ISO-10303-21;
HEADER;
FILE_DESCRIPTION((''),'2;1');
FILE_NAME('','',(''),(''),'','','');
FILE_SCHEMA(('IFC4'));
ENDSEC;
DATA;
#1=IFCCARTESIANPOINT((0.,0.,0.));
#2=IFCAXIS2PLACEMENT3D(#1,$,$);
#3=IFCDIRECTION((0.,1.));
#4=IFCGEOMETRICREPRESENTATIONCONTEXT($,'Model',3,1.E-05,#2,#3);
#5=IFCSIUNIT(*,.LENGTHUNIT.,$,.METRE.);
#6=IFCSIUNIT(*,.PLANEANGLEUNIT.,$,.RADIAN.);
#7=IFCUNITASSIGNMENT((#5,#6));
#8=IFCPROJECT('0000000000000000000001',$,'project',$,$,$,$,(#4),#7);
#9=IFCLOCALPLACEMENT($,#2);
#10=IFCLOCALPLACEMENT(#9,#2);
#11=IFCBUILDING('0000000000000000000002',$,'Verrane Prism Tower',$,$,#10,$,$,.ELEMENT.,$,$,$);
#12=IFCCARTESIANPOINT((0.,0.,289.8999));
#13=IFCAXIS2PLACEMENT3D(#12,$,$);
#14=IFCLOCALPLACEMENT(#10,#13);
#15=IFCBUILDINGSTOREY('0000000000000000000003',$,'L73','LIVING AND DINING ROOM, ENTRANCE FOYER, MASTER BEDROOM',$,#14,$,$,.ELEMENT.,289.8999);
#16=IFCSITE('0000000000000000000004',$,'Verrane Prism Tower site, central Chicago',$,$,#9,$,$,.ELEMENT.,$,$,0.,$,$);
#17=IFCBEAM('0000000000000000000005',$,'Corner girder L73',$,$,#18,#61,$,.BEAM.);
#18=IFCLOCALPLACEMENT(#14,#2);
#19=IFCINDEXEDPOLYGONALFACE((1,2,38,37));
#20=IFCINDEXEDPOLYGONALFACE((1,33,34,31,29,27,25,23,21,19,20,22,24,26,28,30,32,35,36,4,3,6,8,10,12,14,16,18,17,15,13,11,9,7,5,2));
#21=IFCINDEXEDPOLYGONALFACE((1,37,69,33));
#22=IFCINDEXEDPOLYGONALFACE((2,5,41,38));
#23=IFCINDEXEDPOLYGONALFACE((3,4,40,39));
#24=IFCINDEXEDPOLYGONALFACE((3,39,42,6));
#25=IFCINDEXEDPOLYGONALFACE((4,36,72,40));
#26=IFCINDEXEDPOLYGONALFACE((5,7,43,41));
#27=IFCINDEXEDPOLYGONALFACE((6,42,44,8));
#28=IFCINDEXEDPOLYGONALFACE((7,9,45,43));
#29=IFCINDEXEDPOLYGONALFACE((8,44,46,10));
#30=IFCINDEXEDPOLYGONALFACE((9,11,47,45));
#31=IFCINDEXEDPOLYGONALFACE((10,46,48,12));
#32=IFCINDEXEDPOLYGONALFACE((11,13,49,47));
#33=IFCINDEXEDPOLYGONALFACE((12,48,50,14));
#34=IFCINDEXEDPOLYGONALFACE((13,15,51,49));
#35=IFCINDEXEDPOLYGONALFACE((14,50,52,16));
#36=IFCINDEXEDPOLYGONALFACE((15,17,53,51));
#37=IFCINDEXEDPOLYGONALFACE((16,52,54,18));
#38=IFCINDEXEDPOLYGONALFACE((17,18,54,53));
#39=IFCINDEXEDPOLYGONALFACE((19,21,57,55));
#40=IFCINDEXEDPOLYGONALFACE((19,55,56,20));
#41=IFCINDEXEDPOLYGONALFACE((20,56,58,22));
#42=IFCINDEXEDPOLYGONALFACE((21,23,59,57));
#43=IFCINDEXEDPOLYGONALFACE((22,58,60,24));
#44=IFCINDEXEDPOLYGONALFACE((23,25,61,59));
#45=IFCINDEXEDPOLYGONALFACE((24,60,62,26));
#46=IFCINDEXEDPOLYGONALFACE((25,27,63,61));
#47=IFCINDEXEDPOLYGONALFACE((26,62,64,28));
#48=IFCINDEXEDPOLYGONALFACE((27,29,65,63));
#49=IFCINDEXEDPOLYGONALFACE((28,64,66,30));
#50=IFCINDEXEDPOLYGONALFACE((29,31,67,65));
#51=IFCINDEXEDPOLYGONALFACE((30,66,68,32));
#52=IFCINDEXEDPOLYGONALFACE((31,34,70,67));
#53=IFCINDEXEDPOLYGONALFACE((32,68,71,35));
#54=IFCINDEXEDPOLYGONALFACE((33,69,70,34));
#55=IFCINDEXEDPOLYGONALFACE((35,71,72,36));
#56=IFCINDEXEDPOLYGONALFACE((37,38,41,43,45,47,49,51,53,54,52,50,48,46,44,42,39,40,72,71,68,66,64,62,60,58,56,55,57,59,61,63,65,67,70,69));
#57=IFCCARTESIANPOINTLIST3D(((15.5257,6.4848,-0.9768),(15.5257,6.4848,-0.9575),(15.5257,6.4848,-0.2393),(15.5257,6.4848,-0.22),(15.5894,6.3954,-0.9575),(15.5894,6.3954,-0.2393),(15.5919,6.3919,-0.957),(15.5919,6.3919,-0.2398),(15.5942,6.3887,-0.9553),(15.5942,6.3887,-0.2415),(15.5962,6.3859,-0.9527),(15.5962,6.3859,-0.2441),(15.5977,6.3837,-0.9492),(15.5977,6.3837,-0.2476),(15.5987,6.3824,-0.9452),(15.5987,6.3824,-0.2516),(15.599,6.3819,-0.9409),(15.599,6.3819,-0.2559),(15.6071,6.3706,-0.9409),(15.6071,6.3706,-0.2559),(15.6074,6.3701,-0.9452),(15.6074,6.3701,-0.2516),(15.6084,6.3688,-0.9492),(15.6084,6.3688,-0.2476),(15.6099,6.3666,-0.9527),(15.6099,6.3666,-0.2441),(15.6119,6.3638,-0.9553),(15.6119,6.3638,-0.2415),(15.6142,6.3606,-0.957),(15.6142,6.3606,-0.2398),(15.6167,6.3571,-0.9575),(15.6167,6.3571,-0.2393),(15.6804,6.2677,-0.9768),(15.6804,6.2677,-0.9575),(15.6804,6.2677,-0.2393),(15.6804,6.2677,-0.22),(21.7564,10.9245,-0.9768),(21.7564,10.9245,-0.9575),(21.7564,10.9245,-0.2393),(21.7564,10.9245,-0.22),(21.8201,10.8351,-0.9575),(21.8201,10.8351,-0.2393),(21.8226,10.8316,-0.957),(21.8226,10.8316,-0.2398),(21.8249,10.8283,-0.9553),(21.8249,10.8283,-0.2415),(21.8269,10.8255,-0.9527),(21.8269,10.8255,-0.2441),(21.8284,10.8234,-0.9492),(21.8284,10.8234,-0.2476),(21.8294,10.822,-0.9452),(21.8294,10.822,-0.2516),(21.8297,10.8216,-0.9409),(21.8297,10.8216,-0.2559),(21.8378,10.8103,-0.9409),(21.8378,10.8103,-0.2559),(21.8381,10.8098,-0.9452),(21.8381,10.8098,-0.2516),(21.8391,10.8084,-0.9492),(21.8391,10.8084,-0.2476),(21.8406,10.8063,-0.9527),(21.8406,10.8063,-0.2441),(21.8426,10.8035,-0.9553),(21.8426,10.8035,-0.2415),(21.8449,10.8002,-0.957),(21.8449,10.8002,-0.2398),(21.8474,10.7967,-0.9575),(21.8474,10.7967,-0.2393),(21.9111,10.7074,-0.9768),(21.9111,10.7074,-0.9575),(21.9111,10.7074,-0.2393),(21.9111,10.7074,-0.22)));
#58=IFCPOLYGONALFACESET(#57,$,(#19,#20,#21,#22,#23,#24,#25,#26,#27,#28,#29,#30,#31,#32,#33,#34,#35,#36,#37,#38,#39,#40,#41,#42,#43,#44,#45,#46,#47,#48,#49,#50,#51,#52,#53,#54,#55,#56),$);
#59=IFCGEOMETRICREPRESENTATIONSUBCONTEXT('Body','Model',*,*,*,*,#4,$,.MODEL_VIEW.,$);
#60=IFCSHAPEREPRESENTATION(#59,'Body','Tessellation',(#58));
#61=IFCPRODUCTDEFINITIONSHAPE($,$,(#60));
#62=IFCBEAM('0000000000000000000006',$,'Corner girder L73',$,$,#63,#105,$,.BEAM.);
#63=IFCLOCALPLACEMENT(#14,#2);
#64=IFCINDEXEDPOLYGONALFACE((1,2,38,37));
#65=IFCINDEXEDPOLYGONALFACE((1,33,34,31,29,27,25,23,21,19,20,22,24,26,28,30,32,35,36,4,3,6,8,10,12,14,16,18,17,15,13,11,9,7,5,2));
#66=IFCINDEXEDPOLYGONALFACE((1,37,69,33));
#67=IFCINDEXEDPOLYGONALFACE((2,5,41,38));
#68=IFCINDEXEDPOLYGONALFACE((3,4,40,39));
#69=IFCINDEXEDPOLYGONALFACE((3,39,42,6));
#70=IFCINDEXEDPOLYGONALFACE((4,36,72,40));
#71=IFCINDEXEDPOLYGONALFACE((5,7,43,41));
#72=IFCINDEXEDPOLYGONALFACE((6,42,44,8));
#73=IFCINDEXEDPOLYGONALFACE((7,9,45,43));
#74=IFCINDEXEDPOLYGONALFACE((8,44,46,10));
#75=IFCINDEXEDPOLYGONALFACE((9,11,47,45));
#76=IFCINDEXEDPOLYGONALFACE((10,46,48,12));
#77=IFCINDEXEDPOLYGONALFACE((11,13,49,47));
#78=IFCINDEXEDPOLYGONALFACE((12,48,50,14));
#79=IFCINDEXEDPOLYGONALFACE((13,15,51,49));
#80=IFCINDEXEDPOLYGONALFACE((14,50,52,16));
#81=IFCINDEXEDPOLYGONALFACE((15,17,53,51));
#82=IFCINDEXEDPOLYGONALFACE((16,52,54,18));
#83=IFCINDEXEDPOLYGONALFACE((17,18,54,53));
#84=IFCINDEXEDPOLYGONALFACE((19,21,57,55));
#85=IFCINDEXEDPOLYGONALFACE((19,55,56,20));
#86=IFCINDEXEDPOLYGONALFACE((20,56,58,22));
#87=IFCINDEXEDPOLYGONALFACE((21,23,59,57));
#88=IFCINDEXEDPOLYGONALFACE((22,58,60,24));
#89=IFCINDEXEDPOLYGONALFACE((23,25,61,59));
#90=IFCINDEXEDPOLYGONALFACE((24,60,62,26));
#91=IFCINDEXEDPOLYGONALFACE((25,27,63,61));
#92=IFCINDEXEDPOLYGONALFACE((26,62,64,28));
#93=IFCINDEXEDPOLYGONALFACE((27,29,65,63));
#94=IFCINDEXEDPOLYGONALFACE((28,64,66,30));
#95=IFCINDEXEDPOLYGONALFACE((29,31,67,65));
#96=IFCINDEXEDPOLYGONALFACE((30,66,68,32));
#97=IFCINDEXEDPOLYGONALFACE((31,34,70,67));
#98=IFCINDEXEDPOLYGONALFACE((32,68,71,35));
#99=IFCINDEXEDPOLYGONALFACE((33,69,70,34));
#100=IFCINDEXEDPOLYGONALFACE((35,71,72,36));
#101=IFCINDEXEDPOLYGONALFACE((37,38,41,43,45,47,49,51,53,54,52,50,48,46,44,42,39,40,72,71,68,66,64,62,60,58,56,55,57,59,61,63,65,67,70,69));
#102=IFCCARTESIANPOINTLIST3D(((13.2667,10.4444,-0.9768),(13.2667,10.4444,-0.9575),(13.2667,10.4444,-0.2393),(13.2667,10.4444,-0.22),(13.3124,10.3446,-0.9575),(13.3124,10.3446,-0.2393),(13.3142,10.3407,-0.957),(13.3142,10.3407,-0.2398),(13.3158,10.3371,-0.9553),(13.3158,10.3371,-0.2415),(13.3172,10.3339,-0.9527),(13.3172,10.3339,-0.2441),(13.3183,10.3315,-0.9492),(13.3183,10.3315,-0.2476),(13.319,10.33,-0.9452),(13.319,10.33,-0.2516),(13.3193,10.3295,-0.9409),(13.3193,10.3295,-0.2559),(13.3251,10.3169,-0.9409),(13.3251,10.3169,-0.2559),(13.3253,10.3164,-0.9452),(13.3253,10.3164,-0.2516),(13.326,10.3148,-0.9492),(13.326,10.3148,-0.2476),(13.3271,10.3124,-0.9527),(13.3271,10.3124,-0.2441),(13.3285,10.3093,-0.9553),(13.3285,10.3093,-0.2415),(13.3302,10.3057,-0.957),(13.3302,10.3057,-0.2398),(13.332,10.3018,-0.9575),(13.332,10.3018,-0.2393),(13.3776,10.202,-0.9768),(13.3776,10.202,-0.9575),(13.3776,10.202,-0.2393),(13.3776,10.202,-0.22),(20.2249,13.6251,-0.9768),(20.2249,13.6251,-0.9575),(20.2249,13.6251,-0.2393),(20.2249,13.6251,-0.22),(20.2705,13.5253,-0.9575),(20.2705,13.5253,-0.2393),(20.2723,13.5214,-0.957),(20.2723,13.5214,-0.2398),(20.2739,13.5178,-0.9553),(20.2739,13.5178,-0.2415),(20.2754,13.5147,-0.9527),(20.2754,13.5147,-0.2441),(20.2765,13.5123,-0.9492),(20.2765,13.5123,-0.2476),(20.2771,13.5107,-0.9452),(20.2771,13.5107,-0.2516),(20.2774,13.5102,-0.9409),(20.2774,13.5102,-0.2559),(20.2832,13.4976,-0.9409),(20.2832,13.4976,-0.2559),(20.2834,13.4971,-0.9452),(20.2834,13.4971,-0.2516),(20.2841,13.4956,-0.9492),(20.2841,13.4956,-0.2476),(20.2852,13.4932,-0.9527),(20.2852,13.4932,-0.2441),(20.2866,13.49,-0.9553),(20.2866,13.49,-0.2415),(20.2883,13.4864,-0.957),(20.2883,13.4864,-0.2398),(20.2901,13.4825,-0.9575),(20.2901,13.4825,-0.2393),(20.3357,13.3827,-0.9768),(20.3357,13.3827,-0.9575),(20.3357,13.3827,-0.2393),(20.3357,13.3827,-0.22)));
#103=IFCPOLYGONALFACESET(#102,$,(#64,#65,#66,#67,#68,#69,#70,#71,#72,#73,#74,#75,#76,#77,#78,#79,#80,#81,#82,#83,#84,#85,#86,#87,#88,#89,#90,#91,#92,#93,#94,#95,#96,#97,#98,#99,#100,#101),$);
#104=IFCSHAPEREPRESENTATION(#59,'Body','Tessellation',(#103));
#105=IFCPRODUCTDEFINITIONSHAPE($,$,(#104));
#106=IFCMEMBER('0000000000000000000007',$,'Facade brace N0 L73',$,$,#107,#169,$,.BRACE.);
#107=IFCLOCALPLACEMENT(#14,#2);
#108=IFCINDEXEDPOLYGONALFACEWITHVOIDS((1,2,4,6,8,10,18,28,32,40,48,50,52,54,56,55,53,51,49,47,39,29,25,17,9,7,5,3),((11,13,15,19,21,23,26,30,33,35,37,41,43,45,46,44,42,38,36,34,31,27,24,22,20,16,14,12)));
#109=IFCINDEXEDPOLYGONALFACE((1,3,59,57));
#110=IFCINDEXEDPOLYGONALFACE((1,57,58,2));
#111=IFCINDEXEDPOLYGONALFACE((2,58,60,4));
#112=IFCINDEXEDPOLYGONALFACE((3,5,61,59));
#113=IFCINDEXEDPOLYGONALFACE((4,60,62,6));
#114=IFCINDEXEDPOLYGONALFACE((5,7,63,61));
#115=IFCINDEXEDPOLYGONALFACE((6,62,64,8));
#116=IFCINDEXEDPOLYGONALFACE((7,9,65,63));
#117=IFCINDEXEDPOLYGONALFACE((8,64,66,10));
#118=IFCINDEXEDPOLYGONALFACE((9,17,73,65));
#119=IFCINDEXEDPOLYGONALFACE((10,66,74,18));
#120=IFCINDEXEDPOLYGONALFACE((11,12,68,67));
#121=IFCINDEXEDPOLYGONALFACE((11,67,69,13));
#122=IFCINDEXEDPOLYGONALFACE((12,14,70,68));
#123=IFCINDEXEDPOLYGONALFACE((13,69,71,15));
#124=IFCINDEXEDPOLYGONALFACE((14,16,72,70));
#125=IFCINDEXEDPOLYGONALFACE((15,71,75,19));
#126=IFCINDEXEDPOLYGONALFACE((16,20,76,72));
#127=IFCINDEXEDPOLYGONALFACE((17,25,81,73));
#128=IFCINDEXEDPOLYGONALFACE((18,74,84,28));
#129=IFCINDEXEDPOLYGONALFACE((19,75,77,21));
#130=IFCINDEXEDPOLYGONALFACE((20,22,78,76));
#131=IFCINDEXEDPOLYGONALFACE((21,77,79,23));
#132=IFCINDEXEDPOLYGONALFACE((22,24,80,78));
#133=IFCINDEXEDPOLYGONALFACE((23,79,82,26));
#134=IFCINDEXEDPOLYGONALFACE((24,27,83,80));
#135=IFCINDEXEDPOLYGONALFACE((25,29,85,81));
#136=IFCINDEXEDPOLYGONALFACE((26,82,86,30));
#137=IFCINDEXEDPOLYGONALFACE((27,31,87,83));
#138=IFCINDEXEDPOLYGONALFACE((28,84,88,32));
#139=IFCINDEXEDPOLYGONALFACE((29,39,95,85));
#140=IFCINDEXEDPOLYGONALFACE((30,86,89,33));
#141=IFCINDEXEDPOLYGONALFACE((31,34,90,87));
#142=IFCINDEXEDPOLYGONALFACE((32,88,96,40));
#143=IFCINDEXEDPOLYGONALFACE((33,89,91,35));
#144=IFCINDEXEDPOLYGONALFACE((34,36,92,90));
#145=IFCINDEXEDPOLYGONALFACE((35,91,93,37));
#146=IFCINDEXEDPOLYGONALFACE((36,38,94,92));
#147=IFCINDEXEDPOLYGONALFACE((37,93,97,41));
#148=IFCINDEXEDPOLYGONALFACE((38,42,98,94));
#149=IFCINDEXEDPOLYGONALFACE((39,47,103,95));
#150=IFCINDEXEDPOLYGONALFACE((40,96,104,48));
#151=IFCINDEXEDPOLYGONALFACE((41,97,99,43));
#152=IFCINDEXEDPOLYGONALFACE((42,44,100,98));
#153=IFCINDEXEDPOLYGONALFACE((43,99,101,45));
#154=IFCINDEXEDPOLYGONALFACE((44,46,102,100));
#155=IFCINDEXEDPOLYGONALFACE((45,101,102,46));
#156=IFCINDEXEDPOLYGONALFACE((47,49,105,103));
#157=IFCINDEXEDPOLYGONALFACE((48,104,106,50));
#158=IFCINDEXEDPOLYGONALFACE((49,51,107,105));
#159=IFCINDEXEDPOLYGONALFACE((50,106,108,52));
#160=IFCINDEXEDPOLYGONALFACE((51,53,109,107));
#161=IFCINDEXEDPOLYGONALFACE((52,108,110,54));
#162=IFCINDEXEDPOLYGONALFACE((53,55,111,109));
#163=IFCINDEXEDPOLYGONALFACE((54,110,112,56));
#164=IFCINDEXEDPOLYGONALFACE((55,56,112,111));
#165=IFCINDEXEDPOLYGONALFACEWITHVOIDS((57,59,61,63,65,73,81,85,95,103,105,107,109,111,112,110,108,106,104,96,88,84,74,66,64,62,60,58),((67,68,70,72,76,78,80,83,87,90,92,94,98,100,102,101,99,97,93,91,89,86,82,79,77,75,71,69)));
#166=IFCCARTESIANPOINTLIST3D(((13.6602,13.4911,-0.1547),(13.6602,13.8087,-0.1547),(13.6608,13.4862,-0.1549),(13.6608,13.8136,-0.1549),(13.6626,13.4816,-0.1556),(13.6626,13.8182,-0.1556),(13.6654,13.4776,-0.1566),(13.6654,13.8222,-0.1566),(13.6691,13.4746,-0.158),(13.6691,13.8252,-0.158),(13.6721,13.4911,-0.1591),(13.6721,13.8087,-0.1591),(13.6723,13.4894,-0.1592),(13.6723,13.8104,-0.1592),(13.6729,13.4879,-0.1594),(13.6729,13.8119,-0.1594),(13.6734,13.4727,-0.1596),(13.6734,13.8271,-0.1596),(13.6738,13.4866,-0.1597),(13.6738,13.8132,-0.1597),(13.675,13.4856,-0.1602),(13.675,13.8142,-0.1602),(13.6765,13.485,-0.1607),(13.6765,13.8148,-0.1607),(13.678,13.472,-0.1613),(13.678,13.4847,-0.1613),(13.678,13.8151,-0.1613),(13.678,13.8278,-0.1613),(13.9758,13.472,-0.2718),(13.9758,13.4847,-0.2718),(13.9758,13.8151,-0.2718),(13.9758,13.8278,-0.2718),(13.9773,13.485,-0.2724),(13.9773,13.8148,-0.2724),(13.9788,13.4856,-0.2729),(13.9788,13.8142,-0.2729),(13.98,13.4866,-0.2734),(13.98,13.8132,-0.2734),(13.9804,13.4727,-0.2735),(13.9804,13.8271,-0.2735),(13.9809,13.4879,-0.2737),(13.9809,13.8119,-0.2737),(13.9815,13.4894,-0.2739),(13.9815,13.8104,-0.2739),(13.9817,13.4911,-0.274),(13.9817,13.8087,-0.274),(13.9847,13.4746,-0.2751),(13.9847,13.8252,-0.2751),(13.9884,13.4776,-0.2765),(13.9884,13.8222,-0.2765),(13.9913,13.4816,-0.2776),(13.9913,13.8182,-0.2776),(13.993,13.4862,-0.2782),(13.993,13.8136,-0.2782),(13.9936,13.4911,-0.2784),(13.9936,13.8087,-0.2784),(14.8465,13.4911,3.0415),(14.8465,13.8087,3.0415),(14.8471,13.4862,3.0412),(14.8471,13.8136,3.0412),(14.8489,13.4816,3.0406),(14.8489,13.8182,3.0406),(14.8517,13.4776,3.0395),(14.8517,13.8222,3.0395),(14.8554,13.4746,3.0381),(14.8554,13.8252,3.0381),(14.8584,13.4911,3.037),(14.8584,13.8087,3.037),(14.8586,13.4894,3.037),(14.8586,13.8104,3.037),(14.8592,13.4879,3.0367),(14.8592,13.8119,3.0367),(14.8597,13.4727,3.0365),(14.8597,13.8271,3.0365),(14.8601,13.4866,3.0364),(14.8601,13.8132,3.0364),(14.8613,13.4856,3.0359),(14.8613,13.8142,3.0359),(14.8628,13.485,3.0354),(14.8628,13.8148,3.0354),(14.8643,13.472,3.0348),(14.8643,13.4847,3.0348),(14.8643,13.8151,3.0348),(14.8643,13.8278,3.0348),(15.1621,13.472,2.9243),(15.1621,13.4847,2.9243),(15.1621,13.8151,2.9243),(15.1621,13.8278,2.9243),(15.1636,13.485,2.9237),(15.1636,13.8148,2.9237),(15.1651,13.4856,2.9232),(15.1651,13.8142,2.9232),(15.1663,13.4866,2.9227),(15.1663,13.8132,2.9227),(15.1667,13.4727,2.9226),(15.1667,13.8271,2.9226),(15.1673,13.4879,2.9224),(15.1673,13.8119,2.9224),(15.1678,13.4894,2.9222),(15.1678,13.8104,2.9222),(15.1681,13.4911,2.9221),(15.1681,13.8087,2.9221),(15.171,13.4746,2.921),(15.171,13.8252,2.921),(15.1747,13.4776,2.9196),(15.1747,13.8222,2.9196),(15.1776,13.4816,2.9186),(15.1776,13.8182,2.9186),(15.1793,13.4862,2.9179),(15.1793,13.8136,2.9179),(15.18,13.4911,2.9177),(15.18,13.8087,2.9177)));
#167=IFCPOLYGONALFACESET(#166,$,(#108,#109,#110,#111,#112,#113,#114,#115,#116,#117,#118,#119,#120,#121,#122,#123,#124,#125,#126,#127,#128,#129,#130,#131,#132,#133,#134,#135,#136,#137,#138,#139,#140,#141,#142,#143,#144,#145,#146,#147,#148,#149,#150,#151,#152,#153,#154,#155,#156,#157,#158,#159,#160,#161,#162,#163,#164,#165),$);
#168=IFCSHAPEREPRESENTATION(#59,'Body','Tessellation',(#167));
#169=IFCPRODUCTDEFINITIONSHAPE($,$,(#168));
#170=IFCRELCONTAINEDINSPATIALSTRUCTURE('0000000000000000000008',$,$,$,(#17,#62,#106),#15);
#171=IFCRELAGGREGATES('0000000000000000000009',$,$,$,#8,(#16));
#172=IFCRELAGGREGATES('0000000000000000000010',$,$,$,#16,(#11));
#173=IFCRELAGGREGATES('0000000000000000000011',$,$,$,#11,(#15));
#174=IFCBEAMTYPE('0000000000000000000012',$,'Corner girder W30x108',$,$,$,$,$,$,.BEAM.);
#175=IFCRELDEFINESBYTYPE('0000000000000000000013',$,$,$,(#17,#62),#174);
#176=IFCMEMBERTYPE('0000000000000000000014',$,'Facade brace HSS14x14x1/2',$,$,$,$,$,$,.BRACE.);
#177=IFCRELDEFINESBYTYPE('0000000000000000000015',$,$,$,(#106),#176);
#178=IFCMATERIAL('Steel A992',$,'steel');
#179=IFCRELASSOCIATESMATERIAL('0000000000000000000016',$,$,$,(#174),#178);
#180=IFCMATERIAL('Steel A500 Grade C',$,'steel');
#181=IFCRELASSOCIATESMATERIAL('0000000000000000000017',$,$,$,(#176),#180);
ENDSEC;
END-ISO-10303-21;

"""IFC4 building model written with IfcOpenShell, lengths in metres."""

from ifc_helpers import new_model, si_unit, direction, frame, origin, origin_2d, place, context, subcontext, project, spatial, hollow_rectangle, i_section, extrude, material, material_profile, profile_set, type_object, element, save


model = new_model("IFC4")

# Units and contexts
model_context = context("Model", 3, precision=1e-05, world=origin(), true_north=direction((0.0, 1.0)))
body_context = subcontext(model_context, "Body", "Model", "MODEL_VIEW")
ifc_project = project(units=[si_unit("LENGTHUNIT", "METRE"), si_unit("PLANEANGLEUNIT", "RADIAN")], contexts=[model_context])

# Site, building, storey
site_placement = place(None, origin())
site = spatial("IfcSite", under=ifc_project, at=site_placement, Name="Verrane Prism Tower site, central Chicago", CompositionType="ELEMENT", RefElevation=0.0)
building_placement = place(site_placement, origin())
building = spatial("IfcBuilding", under=site, at=building_placement, Name="Verrane Prism Tower", CompositionType="ELEMENT")
storey_placement = place(building_placement, frame((0.0, 0.0, 289.8999)))
storey = spatial("IfcBuildingStorey", under=building, at=storey_placement, Name="L73", Description="LIVING AND DINING ROOM, ENTRANCE FOYER, MASTER BEDROOM", CompositionType="ELEMENT", Elevation=289.8999)

# Beams
ifc_material_1 = material(Name="Steel A992", Category="steel")
ifc_material_profile_1 = material_profile(ifc_material_1, i_section(OverallWidth=0.2666, OverallDepth=0.7568, WebThickness=0.0139, FlangeThickness=0.0193, FilletRadius=0.0166, at=origin_2d()), Name="W30x108")
ifc_profile_set_1 = profile_set([ifc_material_profile_1], Name="Steel A992")
beam_type_1 = type_object("IfcBeamType", Name="Corner girder W30x108", PredefinedType="BEAM", material=ifc_profile_set_1)
for number, where, z_axis, x_axis, name in (
    (1, (21.8337, 10.8159, -0.5984), (-0.814401, -0.580302, 0.0), (0.580302, -0.814401, 0.0), "Corner girder L73"),
    (2, (20.2803, 13.5039, -0.5984), (-0.909481, -0.415745, 0.0), (0.415745, -0.909481, 0.0), "Corner girder L73"),
):
    element("IfcBeam", number, at=place(storey_placement, frame(where, z_axis=z_axis, x_axis=x_axis)), inside=storey, type_object=beam_type_1, Name=name, PredefinedType="BEAM", context=body_context, shape_type="SweptSolid", body=[
        extrude(i_section(OverallWidth=0.2666, OverallDepth=0.7568, WebThickness=0.0139, FlangeThickness=0.0193, FilletRadius=0.0166, at=origin_2d()), origin(), (0.0, 0.0, 1.0), 7.6506),
    ])

# Member
ifc_material_2 = material(Name="Steel A500 Grade C", Category="steel")
ifc_material_profile_2 = material_profile(ifc_material_2, hollow_rectangle(XDim=0.3557, YDim=0.3557, WallThickness=0.0127, InnerFilletRadius=0.0063, OuterFilletRadius=0.019, at=origin_2d()), Name="HSS14x14x1/2")
ifc_profile_set_2 = profile_set([ifc_material_profile_2], Name="Steel A500 Grade C")
member_type_1 = type_object("IfcMemberType", Name="Facade brace HSS14x14x1/2", PredefinedType="BRACE", material=ifc_profile_set_2)
member_1_placement = place(storey_placement, frame((13.8269, 13.6499, -0.2166), z_axis=(0.347974, 0.0, 0.937504), x_axis=(0.0, 1.0, 0.0)))
element("IfcMember", 3, at=member_1_placement, inside=storey, type_object=member_type_1, Name="Facade brace N0 L73", PredefinedType="BRACE", context=body_context, shape_type="SweptSolid", body=[
    extrude(hollow_rectangle(XDim=0.3557, YDim=0.3557, WallThickness=0.0127, InnerFilletRadius=0.0063, OuterFilletRadius=0.019, at=origin_2d()), origin(), (0.0, 0.0, 1.0), 3.4092),
])

save(model, "model.ifc")
